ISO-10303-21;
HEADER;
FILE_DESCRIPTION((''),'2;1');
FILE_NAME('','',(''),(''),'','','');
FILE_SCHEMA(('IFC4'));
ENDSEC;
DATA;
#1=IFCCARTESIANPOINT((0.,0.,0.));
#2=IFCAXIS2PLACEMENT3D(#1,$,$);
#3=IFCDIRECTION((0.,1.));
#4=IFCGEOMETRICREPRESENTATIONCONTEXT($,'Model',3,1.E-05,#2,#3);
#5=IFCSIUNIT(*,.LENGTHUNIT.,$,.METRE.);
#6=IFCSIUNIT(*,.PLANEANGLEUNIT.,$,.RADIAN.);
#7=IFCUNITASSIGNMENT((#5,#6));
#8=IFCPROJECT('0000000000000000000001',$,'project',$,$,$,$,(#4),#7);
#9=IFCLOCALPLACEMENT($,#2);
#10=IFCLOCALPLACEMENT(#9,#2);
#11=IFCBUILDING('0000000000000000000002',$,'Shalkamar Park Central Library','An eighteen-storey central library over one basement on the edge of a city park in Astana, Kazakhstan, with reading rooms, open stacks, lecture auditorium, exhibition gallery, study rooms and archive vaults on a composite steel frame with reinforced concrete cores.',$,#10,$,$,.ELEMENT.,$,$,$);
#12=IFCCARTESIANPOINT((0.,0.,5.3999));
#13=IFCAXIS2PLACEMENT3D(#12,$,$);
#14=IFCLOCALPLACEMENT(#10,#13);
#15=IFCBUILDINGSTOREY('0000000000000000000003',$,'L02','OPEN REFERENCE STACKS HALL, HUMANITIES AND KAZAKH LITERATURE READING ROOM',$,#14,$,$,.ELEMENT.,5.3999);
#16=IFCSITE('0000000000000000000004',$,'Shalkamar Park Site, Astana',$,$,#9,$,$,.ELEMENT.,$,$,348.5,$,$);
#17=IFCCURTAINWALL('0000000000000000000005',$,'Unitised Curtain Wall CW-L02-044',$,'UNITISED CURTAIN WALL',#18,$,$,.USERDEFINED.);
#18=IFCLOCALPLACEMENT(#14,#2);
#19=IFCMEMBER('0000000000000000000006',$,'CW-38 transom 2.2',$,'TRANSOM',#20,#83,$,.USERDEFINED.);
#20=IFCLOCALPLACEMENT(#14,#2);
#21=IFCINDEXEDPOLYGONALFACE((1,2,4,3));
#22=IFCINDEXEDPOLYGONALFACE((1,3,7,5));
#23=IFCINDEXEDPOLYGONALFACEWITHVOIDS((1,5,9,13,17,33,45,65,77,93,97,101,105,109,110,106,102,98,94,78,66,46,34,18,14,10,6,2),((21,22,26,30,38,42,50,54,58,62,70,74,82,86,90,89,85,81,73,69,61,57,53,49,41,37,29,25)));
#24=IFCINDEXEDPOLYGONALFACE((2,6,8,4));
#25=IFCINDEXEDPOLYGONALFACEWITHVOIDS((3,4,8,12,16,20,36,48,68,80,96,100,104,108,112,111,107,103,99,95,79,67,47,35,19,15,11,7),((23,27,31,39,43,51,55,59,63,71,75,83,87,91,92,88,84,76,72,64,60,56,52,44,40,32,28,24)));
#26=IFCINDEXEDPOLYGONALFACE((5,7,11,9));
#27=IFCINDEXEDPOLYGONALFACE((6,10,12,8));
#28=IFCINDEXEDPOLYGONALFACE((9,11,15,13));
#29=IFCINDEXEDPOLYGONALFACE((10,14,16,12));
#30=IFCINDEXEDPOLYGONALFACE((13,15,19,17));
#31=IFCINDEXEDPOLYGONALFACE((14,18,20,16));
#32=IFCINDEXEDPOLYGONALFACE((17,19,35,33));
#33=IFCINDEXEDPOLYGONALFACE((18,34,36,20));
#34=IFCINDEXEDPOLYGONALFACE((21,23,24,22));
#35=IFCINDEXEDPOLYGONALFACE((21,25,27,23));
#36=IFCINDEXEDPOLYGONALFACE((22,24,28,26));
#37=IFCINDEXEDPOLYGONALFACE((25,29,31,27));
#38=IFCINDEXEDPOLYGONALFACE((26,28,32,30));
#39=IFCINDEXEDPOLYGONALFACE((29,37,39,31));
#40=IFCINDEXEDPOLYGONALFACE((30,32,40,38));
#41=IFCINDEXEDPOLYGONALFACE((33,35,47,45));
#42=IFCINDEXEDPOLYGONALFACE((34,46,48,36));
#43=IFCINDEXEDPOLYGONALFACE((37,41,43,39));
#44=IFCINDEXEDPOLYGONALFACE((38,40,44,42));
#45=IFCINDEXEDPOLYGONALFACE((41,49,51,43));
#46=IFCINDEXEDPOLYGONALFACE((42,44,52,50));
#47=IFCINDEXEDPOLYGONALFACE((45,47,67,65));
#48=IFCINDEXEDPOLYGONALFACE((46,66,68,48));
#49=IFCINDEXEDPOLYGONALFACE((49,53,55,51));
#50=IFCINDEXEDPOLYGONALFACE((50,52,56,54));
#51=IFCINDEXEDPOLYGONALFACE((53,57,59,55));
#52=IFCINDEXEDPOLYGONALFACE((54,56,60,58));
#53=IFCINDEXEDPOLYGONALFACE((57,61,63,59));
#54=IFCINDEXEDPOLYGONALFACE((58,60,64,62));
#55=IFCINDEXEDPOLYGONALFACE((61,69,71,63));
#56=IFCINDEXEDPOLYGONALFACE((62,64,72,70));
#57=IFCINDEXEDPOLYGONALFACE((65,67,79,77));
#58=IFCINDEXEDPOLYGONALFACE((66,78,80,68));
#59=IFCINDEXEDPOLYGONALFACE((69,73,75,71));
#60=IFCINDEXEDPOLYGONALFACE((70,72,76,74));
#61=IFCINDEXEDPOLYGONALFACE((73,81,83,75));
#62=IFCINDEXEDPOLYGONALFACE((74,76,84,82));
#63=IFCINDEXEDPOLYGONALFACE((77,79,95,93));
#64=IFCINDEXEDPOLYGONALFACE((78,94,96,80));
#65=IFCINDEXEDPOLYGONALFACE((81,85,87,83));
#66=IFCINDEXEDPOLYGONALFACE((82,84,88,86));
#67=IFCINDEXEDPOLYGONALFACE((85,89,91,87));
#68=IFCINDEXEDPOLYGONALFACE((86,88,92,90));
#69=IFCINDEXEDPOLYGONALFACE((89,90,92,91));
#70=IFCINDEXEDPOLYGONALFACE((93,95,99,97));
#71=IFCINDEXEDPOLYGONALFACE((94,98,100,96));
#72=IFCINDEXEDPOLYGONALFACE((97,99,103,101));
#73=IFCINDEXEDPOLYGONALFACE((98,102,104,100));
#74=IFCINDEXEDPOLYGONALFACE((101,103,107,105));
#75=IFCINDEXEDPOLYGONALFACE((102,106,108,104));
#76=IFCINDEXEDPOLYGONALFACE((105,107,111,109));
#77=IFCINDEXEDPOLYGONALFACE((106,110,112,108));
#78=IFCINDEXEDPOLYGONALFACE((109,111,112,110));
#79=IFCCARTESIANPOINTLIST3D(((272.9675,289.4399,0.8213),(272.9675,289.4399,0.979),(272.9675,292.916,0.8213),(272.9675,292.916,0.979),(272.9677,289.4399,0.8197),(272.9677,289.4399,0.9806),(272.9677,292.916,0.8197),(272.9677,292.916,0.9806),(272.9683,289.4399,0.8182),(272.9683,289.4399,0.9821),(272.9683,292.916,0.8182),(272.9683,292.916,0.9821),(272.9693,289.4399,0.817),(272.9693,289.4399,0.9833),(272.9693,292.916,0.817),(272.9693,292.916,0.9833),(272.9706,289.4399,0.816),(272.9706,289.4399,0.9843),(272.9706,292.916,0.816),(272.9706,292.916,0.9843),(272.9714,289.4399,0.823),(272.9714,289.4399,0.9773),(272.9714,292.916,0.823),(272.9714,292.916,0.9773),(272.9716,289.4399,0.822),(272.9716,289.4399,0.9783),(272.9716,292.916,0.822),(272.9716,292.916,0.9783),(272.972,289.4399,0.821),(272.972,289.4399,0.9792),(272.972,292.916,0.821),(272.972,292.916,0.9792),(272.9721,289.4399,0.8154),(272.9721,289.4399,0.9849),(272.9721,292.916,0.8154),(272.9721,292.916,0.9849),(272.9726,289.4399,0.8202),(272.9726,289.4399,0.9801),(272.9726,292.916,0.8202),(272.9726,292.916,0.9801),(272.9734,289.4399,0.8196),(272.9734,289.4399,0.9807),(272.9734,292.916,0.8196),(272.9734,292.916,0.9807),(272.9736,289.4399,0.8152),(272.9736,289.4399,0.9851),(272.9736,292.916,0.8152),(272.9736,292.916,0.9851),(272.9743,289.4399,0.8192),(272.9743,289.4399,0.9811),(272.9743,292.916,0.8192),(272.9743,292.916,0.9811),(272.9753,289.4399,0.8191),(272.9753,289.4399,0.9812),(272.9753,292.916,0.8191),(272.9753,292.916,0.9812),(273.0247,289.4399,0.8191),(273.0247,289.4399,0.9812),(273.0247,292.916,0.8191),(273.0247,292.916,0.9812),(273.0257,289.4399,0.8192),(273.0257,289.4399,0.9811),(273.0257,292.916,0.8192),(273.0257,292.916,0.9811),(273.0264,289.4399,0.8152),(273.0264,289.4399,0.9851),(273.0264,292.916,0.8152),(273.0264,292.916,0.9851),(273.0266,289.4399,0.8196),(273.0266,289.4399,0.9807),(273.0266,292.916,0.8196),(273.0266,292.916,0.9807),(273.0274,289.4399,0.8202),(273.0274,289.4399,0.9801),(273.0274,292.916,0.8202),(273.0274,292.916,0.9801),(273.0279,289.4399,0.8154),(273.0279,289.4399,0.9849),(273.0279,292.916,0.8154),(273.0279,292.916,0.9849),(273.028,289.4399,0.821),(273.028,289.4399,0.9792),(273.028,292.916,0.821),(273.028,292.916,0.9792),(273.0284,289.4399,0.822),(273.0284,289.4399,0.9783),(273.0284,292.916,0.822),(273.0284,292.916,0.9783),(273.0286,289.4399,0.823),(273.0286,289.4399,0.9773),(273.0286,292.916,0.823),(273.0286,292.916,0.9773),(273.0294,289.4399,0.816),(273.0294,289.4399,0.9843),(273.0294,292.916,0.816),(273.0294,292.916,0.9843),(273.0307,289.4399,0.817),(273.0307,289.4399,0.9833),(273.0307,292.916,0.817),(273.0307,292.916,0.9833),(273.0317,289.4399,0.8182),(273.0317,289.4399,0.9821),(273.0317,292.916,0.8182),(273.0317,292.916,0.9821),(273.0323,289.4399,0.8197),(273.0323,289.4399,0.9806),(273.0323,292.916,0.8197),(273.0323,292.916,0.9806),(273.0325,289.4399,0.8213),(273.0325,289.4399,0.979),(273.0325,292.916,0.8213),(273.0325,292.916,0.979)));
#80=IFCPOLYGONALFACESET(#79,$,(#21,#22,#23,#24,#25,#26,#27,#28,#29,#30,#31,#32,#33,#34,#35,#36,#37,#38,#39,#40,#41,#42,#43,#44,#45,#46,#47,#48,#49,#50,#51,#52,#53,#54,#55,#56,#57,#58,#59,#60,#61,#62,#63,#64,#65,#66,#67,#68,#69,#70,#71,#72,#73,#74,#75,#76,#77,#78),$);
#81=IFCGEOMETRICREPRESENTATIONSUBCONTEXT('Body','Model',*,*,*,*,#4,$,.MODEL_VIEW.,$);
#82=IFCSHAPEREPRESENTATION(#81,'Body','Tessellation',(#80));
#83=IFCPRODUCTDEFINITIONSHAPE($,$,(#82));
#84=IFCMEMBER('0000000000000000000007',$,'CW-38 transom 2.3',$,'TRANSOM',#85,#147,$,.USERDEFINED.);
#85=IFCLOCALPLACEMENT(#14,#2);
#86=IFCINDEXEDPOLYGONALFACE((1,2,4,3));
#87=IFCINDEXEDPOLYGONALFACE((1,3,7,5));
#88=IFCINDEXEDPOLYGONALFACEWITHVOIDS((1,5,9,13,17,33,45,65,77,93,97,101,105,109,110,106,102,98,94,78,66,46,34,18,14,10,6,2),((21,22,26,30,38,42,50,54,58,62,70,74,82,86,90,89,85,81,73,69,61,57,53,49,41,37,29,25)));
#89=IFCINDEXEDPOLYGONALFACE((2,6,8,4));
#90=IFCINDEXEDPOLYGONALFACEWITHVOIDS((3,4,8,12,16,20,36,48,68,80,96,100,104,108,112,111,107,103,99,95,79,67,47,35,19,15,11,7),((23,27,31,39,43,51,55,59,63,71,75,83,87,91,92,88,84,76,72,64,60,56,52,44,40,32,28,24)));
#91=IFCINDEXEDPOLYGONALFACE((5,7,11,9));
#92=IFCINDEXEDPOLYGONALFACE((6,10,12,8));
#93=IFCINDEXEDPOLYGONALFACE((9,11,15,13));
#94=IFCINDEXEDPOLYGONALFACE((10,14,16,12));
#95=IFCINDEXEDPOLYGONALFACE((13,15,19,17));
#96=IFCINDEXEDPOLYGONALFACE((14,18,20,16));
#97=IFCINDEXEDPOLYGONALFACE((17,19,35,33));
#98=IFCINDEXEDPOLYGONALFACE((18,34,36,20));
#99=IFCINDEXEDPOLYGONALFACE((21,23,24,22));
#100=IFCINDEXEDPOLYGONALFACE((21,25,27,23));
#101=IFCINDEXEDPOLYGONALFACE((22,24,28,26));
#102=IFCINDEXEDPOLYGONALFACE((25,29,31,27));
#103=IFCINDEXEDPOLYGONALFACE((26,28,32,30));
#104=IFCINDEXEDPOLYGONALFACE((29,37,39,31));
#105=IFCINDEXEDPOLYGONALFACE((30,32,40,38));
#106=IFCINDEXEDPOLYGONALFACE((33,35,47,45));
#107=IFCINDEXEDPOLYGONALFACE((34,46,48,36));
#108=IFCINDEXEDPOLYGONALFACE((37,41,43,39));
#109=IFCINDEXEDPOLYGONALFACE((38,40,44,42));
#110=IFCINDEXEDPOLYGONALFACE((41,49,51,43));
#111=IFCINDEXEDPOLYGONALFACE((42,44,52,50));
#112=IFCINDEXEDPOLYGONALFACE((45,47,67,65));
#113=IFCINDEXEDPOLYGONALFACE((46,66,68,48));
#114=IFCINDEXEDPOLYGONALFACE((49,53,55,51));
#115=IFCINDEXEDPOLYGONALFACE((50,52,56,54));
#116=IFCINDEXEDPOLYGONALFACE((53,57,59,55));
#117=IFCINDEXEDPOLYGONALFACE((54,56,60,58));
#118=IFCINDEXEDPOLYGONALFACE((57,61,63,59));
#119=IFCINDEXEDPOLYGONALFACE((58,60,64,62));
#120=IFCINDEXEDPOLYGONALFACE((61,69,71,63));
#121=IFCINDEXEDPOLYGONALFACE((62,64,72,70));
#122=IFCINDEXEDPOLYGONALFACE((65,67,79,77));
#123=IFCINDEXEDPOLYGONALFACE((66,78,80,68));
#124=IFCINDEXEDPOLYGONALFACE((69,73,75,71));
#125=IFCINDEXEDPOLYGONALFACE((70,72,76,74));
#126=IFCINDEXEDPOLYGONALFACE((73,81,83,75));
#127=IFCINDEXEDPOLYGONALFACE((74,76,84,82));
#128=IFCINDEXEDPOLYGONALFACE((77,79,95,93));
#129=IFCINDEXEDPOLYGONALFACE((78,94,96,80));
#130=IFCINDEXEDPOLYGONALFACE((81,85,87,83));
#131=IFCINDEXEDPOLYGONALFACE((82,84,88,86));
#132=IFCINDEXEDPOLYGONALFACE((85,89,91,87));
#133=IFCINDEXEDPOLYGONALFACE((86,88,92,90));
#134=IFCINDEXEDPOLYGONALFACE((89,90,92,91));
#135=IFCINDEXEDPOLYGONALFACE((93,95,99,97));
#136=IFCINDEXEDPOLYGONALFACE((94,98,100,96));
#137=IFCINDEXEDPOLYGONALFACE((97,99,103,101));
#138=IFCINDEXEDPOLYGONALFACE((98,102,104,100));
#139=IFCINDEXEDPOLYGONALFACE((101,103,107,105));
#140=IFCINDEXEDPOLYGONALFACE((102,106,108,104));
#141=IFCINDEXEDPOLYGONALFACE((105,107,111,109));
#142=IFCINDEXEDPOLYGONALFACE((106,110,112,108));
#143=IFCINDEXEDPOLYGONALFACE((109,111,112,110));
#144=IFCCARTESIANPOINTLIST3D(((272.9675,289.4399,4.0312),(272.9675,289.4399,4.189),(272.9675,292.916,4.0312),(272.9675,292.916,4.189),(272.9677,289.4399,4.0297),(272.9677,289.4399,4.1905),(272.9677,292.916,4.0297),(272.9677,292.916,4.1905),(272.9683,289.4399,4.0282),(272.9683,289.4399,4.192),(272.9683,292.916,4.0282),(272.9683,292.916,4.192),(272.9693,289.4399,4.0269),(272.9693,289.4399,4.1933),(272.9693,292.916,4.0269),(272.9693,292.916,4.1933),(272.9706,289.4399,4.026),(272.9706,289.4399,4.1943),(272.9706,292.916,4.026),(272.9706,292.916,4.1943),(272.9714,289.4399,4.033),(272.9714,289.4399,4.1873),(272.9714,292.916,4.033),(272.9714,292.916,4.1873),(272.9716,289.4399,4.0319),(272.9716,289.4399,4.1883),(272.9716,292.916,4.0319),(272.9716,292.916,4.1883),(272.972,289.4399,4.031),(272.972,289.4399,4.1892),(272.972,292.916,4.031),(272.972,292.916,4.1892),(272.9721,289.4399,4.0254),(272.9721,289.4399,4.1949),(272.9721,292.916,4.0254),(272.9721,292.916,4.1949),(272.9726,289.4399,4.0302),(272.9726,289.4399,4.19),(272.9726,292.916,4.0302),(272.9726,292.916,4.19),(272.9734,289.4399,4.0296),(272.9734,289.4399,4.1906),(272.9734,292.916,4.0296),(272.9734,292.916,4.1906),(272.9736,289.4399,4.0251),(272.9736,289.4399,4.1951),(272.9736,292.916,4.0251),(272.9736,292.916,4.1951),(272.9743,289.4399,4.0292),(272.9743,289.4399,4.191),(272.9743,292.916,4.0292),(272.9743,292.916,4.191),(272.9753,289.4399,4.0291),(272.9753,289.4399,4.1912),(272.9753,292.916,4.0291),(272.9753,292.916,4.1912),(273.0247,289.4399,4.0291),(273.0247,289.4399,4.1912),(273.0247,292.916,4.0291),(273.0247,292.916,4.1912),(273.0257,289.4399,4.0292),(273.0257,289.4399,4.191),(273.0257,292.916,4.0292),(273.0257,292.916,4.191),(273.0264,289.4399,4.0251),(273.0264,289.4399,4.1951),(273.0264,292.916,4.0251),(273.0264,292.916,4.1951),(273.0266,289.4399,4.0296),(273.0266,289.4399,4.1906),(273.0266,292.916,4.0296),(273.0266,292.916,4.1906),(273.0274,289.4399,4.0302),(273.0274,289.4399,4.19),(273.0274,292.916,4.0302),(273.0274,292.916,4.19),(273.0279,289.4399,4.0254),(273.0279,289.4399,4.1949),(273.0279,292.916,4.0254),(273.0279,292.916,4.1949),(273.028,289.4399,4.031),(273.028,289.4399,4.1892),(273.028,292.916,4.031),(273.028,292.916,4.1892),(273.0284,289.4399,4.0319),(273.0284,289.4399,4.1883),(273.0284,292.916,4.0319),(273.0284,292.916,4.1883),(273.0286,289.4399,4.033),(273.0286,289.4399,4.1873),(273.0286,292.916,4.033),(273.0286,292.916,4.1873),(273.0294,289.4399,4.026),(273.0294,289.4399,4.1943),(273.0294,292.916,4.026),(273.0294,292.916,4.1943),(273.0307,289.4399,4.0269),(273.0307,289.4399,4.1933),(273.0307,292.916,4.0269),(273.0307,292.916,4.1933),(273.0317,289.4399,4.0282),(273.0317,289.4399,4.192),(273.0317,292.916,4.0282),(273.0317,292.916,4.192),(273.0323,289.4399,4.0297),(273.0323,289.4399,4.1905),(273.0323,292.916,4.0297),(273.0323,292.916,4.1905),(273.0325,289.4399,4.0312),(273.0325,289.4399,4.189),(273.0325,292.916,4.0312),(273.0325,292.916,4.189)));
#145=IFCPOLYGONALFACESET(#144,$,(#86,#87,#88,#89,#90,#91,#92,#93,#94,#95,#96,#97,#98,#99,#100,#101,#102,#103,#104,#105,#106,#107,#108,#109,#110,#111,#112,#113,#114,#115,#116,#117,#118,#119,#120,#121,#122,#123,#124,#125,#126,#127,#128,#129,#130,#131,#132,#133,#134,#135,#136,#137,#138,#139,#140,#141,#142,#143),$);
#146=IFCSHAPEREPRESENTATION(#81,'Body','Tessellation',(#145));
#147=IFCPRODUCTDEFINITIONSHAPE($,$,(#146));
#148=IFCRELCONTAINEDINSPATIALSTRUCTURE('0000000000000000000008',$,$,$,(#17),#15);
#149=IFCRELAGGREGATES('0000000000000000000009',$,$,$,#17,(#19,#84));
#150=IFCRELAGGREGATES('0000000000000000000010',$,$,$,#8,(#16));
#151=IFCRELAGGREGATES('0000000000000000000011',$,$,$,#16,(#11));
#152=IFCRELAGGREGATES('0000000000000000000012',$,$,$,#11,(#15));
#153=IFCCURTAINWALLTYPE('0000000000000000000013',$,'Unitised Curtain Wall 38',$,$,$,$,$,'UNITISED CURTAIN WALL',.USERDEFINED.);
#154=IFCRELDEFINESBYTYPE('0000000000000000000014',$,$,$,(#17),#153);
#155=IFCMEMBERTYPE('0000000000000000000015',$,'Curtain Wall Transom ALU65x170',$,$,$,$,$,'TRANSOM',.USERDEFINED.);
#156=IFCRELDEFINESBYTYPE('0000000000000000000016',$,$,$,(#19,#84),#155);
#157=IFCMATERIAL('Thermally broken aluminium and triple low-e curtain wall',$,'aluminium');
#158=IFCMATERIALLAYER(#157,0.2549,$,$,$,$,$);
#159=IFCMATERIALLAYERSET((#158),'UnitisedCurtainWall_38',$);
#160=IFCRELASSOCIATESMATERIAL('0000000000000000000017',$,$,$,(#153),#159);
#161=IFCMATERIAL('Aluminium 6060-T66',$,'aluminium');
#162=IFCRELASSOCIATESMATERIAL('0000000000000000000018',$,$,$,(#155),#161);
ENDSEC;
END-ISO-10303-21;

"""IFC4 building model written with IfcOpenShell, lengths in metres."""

from ifc_helpers import new_model, si_unit, direction, frame, origin, origin_2d, place, context, subcontext, project, spatial, hollow_rectangle, extrude, material, layer, layer_set, material_profile, profile_set, type_object, element, aggregate, save


model = new_model("IFC4")

# Units and contexts
model_context = context("Model", 3, precision=1e-05, world=origin(), true_north=direction((0.0, 1.0)))
body_context = subcontext(model_context, "Body", "Model", "MODEL_VIEW")
ifc_project = project(units=[si_unit("LENGTHUNIT", "METRE"), si_unit("PLANEANGLEUNIT", "RADIAN")], contexts=[model_context])

# Site, building, storey
site_placement = place(None, origin())
site = spatial("IfcSite", under=ifc_project, at=site_placement, Name="Shalkamar Park Site, Astana", CompositionType="ELEMENT", RefElevation=348.5)
building_placement = place(site_placement, origin())
building = spatial("IfcBuilding", under=site, at=building_placement, Name="Shalkamar Park Central Library", Description="An eighteen-storey central library over one basement on the edge of a city park in Astana, Kazakhstan, with reading rooms, open stacks, lecture auditorium, exhibition gallery, study rooms and archive vaults on a composite steel frame with reinforced concrete cores.", CompositionType="ELEMENT")
storey_placement = place(building_placement, frame((0.0, 0.0, 5.3999)))
storey = spatial("IfcBuildingStorey", under=building, at=storey_placement, Name="L02", Description="OPEN REFERENCE STACKS HALL, HUMANITIES AND KAZAKH LITERATURE READING ROOM", CompositionType="ELEMENT", Elevation=5.3999)

# Curtain wall, members
ifc_material_1 = material(Name="Thermally broken aluminium and triple low-e curtain wall", Category="aluminium")
ifc_layer_1 = layer(ifc_material_1, 0.2549)
ifc_layer_set_1 = layer_set([ifc_layer_1], Name="UnitisedCurtainWall_38")
curtain_wall_type = type_object("IfcCurtainWallType", Name="Unitised Curtain Wall 38", ElementType="UNITISED CURTAIN WALL", PredefinedType="USERDEFINED", material=ifc_layer_set_1)
curtain_wall_placement = place(storey_placement, origin())
curtain_wall = element("IfcCurtainWall", 1, at=curtain_wall_placement, inside=storey, type_object=curtain_wall_type, Name="Unitised Curtain Wall CW-L02-044", ObjectType="UNITISED CURTAIN WALL", PredefinedType="USERDEFINED")
ifc_material_2 = material(Name="Aluminium 6060-T66", Category="aluminium")
ifc_material_profile_1 = material_profile(ifc_material_2, hollow_rectangle(XDim=0.0649, YDim=0.1699, WallThickness=0.0039, InnerFilletRadius=0.0039, OuterFilletRadius=0.0061, at=origin_2d()), Name="ALU 65x170x4")
ifc_profile_set_1 = profile_set([ifc_material_profile_1], Name="Aluminium 6060-T66")
member_type_1 = type_object("IfcMemberType", Name="Curtain Wall Transom ALU65x170", ElementType="TRANSOM", PredefinedType="USERDEFINED", material=ifc_profile_set_1)
member_1_placement = place(storey_placement, frame((273.0, 289.4399, 0.9001), z_axis=(0.0, 1.0, 0.0), x_axis=(-1.0, 0.0, 0.0)))
member_1 = element("IfcMember", 2, at=member_1_placement, type_object=member_type_1, Name="CW-38 transom 2.2", ObjectType="TRANSOM", PredefinedType="USERDEFINED", context=body_context, shape_type="SweptSolid", body=[
    extrude(hollow_rectangle(XDim=0.0649, YDim=0.1699, WallThickness=0.0039, InnerFilletRadius=0.0039, OuterFilletRadius=0.0061, at=origin_2d()), origin(), (0.0, 0.0, 1.0), 3.4761),
])
member_2_placement = place(storey_placement, frame((273.0, 289.4399, 4.1101), z_axis=(0.0, 1.0, 0.0), x_axis=(-1.0, 0.0, 0.0)))
member_2 = element("IfcMember", 3, at=member_2_placement, type_object=member_type_1, Name="CW-38 transom 2.3", ObjectType="TRANSOM", PredefinedType="USERDEFINED", context=body_context, shape_type="SweptSolid", body=[
    extrude(hollow_rectangle(XDim=0.0649, YDim=0.1699, WallThickness=0.0039, InnerFilletRadius=0.0039, OuterFilletRadius=0.0061, at=origin_2d()), origin(), (0.0, 0.0, 1.0), 3.4761),
])

aggregate(curtain_wall, [member_1, member_2])

save(model, "model.ifc")
